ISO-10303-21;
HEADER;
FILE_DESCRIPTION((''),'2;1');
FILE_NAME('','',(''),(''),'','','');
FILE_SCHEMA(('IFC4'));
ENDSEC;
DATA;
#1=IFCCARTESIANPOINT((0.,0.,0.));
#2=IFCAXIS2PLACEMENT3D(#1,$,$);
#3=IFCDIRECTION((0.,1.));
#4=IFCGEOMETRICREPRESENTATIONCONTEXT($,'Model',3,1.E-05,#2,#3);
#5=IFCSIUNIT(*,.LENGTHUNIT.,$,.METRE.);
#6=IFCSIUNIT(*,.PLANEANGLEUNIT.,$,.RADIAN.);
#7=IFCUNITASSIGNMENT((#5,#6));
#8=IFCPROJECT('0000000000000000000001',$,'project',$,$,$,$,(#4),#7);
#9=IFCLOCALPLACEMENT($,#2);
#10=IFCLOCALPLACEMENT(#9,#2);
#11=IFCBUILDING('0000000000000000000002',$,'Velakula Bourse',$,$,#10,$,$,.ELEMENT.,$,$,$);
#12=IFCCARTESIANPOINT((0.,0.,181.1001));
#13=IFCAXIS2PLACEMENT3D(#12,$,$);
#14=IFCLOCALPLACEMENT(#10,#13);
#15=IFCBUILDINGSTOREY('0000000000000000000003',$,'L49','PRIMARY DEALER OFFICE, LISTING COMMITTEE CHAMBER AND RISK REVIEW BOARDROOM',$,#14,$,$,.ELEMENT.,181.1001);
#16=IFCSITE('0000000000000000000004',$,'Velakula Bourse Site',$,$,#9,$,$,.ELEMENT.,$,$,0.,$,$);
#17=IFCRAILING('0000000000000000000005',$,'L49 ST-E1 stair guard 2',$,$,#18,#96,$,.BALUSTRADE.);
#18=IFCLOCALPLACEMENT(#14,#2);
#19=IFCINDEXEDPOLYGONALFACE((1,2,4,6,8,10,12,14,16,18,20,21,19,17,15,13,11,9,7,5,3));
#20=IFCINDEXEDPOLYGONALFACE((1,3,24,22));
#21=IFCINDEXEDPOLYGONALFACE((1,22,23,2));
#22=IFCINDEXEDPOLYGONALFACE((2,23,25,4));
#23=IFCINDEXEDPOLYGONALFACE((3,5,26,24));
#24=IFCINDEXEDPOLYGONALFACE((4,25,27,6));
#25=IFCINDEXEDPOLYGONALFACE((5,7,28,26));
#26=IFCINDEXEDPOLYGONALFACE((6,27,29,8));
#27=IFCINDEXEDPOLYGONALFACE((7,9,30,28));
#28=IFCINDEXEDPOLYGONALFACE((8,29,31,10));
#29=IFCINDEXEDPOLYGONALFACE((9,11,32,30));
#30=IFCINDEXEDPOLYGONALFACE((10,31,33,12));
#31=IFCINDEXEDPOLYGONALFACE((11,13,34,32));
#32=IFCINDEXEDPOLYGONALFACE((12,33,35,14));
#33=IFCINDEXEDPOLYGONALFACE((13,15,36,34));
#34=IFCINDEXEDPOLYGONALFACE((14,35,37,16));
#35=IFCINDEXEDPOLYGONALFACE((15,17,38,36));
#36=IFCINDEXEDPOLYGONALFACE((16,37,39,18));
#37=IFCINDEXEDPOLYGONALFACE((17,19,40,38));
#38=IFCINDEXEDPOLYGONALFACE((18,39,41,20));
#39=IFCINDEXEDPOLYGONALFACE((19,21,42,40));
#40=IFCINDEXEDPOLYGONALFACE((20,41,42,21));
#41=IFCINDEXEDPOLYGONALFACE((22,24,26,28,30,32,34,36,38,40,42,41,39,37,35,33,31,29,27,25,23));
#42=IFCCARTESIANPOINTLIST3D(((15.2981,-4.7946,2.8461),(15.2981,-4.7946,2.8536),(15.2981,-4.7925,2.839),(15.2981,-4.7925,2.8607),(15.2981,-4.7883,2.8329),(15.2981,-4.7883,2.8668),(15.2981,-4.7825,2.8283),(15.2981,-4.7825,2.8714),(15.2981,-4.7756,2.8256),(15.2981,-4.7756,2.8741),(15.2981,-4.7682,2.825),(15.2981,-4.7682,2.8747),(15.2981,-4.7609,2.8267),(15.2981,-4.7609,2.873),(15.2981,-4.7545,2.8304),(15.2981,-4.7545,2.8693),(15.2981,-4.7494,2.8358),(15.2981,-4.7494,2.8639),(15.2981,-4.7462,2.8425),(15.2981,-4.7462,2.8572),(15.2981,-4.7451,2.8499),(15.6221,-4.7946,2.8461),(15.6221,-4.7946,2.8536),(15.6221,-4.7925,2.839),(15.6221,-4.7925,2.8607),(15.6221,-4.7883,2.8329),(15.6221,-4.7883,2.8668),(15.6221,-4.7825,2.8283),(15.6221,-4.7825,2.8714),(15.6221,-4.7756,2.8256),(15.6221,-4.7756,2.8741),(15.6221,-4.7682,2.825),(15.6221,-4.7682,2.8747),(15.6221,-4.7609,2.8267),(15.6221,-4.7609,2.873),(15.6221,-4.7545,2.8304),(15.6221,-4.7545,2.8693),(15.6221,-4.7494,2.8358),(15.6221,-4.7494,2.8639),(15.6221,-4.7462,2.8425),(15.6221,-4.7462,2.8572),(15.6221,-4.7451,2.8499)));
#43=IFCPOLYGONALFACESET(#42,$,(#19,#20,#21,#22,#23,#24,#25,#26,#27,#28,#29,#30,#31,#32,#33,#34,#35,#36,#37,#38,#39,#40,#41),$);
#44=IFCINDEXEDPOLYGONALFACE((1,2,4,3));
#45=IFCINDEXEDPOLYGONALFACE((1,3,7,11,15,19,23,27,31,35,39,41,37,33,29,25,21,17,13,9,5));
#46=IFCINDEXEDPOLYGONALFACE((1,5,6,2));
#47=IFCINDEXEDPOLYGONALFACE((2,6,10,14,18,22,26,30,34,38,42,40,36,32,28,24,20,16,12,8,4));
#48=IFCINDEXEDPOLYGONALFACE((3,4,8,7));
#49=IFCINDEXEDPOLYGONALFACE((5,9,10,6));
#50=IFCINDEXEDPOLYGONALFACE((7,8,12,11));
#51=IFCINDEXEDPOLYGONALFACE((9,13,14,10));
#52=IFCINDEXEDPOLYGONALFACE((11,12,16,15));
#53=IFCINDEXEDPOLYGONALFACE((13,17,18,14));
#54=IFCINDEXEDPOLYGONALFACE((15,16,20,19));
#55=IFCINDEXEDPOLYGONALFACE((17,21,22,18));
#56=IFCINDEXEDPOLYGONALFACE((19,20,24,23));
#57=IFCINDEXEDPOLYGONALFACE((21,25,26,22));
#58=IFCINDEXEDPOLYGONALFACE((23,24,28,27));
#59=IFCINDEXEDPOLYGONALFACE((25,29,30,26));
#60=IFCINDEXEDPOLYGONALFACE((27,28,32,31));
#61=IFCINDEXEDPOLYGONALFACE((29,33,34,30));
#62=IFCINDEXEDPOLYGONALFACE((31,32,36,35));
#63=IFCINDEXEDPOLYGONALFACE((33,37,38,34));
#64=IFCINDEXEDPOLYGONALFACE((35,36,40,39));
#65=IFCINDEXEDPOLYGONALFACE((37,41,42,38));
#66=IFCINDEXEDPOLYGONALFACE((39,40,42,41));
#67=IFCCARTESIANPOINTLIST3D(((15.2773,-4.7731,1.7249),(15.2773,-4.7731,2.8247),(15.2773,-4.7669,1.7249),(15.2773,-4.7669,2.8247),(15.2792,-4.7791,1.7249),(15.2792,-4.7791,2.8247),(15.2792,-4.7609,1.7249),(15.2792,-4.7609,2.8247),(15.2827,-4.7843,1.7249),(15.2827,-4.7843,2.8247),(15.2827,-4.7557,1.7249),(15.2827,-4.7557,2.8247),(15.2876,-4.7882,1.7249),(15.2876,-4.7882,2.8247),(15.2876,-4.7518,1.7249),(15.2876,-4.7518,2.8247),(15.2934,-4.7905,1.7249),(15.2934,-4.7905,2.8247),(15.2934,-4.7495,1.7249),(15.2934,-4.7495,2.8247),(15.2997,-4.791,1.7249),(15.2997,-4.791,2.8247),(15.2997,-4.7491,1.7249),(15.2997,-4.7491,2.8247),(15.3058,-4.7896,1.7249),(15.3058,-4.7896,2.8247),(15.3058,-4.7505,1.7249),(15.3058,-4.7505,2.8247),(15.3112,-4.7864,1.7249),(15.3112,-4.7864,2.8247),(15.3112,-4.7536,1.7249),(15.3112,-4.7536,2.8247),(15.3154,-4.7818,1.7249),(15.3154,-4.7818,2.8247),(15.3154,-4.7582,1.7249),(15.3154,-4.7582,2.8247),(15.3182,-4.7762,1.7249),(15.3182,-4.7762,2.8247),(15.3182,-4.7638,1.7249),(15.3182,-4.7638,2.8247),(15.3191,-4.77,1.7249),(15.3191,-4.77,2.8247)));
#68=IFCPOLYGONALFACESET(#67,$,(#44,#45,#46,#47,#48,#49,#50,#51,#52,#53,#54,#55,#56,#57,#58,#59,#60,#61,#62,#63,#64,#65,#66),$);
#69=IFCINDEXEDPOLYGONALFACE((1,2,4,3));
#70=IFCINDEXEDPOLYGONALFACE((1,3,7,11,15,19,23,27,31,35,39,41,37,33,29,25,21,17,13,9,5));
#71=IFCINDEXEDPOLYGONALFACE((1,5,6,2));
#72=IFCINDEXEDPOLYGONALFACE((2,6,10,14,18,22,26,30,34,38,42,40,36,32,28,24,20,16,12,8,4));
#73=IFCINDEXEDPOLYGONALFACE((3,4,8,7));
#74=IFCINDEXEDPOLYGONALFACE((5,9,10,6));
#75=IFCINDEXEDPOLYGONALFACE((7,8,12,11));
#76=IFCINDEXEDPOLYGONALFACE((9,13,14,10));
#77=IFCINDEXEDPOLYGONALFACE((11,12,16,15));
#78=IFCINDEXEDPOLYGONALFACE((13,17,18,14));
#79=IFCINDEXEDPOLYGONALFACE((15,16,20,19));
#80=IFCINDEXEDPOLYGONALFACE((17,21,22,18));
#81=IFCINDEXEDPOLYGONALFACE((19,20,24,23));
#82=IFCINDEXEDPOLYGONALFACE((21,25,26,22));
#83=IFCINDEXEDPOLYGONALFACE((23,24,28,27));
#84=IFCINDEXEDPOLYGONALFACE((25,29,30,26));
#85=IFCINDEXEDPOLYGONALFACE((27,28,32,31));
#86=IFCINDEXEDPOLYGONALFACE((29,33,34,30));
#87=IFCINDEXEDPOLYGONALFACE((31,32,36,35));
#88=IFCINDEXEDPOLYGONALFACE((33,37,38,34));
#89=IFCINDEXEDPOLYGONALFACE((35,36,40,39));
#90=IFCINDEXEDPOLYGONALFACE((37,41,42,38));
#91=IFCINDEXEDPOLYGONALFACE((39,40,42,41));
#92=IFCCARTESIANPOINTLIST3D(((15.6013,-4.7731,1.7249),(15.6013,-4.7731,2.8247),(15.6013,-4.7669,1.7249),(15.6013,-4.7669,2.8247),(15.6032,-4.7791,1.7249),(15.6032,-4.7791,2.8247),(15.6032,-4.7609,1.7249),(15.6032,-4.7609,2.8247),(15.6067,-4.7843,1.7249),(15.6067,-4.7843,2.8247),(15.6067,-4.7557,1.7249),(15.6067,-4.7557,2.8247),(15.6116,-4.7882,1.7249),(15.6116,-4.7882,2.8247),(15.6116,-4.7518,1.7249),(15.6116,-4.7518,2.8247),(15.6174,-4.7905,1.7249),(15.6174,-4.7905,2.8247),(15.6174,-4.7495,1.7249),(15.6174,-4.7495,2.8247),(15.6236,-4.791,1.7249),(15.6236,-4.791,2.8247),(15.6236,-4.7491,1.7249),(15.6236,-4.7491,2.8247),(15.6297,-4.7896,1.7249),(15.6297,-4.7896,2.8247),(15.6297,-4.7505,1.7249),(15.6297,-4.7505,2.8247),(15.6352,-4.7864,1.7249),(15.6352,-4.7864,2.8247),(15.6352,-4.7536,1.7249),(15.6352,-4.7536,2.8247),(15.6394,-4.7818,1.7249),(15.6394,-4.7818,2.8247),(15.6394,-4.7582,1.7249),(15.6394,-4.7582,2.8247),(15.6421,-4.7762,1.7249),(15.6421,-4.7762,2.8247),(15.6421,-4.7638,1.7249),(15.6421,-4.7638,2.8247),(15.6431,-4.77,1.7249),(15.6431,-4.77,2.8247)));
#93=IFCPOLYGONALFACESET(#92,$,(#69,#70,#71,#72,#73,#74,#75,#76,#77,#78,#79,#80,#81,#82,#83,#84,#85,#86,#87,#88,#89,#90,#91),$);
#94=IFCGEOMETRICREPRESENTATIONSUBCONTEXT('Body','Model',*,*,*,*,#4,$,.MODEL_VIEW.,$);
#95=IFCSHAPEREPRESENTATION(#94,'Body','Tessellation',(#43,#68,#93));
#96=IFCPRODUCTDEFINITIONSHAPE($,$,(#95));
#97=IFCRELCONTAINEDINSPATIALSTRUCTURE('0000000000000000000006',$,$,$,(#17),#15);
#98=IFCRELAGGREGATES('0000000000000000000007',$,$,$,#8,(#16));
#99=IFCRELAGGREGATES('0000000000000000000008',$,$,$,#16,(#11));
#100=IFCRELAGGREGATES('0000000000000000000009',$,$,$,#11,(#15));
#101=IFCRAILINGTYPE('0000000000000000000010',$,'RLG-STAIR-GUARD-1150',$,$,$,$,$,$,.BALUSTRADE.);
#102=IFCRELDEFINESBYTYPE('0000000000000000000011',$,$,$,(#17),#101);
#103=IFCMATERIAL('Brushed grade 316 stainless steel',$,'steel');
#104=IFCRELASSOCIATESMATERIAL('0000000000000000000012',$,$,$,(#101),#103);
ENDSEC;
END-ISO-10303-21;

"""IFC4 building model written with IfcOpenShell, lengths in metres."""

from ifc_helpers import new_model, si_unit, direction, frame, origin, origin_2d, place, context, subcontext, project, spatial, circle, extrude, material, type_object, element, save


model = new_model("IFC4")

# Units and contexts
model_context = context("Model", 3, precision=1e-05, world=origin(), true_north=direction((0.0, 1.0)))
body_context = subcontext(model_context, "Body", "Model", "MODEL_VIEW")
ifc_project = project(units=[si_unit("LENGTHUNIT", "METRE"), si_unit("PLANEANGLEUNIT", "RADIAN")], contexts=[model_context])

# Site, building, storey
site_placement = place(None, origin())
site = spatial("IfcSite", under=ifc_project, at=site_placement, Name="Velakula Bourse Site", CompositionType="ELEMENT", RefElevation=0.0)
building_placement = place(site_placement, origin())
building = spatial("IfcBuilding", under=site, at=building_placement, Name="Velakula Bourse", CompositionType="ELEMENT")
storey_placement = place(building_placement, frame((0.0, 0.0, 181.1001)))
storey = spatial("IfcBuildingStorey", under=building, at=storey_placement, Name="L49", Description="PRIMARY DEALER OFFICE, LISTING COMMITTEE CHAMBER AND RISK REVIEW BOARDROOM", CompositionType="ELEMENT", Elevation=181.1001)

# Shared definitions
ifc_material_1 = material(Name="Brushed grade 316 stainless steel", Category="steel")

# Railing
railing_type_1 = type_object("IfcRailingType", Name="RLG-STAIR-GUARD-1150", PredefinedType="BALUSTRADE", material=ifc_material_1)
railing_1_placement = place(storey_placement, frame((15.2981, -4.77, 1.7249)))
element("IfcRailing", 1, at=railing_1_placement, inside=storey, type_object=railing_type_1, Name="L49 ST-E1 stair guard 2", PredefinedType="BALUSTRADE", context=body_context, shape_type="SweptSolid", body=[
    extrude(circle(Radius=0.0249, at=origin_2d()), frame((0.0, 0.0, 1.125), z_axis=(1.0, 0.0, 0.0), x_axis=(0.0, 1.0, 0.0)), (0.0, 0.0, 1.0), 0.324),
    extrude(circle(Radius=0.021, at=origin_2d()), origin(), (0.0, 0.0, 1.0), 1.0999),
    extrude(circle(Radius=0.021, at=origin_2d()), frame((0.324, 0.0, 0.0)), (0.0, 0.0, 1.0), 1.0999),
])

save(model, "model.ifc")
